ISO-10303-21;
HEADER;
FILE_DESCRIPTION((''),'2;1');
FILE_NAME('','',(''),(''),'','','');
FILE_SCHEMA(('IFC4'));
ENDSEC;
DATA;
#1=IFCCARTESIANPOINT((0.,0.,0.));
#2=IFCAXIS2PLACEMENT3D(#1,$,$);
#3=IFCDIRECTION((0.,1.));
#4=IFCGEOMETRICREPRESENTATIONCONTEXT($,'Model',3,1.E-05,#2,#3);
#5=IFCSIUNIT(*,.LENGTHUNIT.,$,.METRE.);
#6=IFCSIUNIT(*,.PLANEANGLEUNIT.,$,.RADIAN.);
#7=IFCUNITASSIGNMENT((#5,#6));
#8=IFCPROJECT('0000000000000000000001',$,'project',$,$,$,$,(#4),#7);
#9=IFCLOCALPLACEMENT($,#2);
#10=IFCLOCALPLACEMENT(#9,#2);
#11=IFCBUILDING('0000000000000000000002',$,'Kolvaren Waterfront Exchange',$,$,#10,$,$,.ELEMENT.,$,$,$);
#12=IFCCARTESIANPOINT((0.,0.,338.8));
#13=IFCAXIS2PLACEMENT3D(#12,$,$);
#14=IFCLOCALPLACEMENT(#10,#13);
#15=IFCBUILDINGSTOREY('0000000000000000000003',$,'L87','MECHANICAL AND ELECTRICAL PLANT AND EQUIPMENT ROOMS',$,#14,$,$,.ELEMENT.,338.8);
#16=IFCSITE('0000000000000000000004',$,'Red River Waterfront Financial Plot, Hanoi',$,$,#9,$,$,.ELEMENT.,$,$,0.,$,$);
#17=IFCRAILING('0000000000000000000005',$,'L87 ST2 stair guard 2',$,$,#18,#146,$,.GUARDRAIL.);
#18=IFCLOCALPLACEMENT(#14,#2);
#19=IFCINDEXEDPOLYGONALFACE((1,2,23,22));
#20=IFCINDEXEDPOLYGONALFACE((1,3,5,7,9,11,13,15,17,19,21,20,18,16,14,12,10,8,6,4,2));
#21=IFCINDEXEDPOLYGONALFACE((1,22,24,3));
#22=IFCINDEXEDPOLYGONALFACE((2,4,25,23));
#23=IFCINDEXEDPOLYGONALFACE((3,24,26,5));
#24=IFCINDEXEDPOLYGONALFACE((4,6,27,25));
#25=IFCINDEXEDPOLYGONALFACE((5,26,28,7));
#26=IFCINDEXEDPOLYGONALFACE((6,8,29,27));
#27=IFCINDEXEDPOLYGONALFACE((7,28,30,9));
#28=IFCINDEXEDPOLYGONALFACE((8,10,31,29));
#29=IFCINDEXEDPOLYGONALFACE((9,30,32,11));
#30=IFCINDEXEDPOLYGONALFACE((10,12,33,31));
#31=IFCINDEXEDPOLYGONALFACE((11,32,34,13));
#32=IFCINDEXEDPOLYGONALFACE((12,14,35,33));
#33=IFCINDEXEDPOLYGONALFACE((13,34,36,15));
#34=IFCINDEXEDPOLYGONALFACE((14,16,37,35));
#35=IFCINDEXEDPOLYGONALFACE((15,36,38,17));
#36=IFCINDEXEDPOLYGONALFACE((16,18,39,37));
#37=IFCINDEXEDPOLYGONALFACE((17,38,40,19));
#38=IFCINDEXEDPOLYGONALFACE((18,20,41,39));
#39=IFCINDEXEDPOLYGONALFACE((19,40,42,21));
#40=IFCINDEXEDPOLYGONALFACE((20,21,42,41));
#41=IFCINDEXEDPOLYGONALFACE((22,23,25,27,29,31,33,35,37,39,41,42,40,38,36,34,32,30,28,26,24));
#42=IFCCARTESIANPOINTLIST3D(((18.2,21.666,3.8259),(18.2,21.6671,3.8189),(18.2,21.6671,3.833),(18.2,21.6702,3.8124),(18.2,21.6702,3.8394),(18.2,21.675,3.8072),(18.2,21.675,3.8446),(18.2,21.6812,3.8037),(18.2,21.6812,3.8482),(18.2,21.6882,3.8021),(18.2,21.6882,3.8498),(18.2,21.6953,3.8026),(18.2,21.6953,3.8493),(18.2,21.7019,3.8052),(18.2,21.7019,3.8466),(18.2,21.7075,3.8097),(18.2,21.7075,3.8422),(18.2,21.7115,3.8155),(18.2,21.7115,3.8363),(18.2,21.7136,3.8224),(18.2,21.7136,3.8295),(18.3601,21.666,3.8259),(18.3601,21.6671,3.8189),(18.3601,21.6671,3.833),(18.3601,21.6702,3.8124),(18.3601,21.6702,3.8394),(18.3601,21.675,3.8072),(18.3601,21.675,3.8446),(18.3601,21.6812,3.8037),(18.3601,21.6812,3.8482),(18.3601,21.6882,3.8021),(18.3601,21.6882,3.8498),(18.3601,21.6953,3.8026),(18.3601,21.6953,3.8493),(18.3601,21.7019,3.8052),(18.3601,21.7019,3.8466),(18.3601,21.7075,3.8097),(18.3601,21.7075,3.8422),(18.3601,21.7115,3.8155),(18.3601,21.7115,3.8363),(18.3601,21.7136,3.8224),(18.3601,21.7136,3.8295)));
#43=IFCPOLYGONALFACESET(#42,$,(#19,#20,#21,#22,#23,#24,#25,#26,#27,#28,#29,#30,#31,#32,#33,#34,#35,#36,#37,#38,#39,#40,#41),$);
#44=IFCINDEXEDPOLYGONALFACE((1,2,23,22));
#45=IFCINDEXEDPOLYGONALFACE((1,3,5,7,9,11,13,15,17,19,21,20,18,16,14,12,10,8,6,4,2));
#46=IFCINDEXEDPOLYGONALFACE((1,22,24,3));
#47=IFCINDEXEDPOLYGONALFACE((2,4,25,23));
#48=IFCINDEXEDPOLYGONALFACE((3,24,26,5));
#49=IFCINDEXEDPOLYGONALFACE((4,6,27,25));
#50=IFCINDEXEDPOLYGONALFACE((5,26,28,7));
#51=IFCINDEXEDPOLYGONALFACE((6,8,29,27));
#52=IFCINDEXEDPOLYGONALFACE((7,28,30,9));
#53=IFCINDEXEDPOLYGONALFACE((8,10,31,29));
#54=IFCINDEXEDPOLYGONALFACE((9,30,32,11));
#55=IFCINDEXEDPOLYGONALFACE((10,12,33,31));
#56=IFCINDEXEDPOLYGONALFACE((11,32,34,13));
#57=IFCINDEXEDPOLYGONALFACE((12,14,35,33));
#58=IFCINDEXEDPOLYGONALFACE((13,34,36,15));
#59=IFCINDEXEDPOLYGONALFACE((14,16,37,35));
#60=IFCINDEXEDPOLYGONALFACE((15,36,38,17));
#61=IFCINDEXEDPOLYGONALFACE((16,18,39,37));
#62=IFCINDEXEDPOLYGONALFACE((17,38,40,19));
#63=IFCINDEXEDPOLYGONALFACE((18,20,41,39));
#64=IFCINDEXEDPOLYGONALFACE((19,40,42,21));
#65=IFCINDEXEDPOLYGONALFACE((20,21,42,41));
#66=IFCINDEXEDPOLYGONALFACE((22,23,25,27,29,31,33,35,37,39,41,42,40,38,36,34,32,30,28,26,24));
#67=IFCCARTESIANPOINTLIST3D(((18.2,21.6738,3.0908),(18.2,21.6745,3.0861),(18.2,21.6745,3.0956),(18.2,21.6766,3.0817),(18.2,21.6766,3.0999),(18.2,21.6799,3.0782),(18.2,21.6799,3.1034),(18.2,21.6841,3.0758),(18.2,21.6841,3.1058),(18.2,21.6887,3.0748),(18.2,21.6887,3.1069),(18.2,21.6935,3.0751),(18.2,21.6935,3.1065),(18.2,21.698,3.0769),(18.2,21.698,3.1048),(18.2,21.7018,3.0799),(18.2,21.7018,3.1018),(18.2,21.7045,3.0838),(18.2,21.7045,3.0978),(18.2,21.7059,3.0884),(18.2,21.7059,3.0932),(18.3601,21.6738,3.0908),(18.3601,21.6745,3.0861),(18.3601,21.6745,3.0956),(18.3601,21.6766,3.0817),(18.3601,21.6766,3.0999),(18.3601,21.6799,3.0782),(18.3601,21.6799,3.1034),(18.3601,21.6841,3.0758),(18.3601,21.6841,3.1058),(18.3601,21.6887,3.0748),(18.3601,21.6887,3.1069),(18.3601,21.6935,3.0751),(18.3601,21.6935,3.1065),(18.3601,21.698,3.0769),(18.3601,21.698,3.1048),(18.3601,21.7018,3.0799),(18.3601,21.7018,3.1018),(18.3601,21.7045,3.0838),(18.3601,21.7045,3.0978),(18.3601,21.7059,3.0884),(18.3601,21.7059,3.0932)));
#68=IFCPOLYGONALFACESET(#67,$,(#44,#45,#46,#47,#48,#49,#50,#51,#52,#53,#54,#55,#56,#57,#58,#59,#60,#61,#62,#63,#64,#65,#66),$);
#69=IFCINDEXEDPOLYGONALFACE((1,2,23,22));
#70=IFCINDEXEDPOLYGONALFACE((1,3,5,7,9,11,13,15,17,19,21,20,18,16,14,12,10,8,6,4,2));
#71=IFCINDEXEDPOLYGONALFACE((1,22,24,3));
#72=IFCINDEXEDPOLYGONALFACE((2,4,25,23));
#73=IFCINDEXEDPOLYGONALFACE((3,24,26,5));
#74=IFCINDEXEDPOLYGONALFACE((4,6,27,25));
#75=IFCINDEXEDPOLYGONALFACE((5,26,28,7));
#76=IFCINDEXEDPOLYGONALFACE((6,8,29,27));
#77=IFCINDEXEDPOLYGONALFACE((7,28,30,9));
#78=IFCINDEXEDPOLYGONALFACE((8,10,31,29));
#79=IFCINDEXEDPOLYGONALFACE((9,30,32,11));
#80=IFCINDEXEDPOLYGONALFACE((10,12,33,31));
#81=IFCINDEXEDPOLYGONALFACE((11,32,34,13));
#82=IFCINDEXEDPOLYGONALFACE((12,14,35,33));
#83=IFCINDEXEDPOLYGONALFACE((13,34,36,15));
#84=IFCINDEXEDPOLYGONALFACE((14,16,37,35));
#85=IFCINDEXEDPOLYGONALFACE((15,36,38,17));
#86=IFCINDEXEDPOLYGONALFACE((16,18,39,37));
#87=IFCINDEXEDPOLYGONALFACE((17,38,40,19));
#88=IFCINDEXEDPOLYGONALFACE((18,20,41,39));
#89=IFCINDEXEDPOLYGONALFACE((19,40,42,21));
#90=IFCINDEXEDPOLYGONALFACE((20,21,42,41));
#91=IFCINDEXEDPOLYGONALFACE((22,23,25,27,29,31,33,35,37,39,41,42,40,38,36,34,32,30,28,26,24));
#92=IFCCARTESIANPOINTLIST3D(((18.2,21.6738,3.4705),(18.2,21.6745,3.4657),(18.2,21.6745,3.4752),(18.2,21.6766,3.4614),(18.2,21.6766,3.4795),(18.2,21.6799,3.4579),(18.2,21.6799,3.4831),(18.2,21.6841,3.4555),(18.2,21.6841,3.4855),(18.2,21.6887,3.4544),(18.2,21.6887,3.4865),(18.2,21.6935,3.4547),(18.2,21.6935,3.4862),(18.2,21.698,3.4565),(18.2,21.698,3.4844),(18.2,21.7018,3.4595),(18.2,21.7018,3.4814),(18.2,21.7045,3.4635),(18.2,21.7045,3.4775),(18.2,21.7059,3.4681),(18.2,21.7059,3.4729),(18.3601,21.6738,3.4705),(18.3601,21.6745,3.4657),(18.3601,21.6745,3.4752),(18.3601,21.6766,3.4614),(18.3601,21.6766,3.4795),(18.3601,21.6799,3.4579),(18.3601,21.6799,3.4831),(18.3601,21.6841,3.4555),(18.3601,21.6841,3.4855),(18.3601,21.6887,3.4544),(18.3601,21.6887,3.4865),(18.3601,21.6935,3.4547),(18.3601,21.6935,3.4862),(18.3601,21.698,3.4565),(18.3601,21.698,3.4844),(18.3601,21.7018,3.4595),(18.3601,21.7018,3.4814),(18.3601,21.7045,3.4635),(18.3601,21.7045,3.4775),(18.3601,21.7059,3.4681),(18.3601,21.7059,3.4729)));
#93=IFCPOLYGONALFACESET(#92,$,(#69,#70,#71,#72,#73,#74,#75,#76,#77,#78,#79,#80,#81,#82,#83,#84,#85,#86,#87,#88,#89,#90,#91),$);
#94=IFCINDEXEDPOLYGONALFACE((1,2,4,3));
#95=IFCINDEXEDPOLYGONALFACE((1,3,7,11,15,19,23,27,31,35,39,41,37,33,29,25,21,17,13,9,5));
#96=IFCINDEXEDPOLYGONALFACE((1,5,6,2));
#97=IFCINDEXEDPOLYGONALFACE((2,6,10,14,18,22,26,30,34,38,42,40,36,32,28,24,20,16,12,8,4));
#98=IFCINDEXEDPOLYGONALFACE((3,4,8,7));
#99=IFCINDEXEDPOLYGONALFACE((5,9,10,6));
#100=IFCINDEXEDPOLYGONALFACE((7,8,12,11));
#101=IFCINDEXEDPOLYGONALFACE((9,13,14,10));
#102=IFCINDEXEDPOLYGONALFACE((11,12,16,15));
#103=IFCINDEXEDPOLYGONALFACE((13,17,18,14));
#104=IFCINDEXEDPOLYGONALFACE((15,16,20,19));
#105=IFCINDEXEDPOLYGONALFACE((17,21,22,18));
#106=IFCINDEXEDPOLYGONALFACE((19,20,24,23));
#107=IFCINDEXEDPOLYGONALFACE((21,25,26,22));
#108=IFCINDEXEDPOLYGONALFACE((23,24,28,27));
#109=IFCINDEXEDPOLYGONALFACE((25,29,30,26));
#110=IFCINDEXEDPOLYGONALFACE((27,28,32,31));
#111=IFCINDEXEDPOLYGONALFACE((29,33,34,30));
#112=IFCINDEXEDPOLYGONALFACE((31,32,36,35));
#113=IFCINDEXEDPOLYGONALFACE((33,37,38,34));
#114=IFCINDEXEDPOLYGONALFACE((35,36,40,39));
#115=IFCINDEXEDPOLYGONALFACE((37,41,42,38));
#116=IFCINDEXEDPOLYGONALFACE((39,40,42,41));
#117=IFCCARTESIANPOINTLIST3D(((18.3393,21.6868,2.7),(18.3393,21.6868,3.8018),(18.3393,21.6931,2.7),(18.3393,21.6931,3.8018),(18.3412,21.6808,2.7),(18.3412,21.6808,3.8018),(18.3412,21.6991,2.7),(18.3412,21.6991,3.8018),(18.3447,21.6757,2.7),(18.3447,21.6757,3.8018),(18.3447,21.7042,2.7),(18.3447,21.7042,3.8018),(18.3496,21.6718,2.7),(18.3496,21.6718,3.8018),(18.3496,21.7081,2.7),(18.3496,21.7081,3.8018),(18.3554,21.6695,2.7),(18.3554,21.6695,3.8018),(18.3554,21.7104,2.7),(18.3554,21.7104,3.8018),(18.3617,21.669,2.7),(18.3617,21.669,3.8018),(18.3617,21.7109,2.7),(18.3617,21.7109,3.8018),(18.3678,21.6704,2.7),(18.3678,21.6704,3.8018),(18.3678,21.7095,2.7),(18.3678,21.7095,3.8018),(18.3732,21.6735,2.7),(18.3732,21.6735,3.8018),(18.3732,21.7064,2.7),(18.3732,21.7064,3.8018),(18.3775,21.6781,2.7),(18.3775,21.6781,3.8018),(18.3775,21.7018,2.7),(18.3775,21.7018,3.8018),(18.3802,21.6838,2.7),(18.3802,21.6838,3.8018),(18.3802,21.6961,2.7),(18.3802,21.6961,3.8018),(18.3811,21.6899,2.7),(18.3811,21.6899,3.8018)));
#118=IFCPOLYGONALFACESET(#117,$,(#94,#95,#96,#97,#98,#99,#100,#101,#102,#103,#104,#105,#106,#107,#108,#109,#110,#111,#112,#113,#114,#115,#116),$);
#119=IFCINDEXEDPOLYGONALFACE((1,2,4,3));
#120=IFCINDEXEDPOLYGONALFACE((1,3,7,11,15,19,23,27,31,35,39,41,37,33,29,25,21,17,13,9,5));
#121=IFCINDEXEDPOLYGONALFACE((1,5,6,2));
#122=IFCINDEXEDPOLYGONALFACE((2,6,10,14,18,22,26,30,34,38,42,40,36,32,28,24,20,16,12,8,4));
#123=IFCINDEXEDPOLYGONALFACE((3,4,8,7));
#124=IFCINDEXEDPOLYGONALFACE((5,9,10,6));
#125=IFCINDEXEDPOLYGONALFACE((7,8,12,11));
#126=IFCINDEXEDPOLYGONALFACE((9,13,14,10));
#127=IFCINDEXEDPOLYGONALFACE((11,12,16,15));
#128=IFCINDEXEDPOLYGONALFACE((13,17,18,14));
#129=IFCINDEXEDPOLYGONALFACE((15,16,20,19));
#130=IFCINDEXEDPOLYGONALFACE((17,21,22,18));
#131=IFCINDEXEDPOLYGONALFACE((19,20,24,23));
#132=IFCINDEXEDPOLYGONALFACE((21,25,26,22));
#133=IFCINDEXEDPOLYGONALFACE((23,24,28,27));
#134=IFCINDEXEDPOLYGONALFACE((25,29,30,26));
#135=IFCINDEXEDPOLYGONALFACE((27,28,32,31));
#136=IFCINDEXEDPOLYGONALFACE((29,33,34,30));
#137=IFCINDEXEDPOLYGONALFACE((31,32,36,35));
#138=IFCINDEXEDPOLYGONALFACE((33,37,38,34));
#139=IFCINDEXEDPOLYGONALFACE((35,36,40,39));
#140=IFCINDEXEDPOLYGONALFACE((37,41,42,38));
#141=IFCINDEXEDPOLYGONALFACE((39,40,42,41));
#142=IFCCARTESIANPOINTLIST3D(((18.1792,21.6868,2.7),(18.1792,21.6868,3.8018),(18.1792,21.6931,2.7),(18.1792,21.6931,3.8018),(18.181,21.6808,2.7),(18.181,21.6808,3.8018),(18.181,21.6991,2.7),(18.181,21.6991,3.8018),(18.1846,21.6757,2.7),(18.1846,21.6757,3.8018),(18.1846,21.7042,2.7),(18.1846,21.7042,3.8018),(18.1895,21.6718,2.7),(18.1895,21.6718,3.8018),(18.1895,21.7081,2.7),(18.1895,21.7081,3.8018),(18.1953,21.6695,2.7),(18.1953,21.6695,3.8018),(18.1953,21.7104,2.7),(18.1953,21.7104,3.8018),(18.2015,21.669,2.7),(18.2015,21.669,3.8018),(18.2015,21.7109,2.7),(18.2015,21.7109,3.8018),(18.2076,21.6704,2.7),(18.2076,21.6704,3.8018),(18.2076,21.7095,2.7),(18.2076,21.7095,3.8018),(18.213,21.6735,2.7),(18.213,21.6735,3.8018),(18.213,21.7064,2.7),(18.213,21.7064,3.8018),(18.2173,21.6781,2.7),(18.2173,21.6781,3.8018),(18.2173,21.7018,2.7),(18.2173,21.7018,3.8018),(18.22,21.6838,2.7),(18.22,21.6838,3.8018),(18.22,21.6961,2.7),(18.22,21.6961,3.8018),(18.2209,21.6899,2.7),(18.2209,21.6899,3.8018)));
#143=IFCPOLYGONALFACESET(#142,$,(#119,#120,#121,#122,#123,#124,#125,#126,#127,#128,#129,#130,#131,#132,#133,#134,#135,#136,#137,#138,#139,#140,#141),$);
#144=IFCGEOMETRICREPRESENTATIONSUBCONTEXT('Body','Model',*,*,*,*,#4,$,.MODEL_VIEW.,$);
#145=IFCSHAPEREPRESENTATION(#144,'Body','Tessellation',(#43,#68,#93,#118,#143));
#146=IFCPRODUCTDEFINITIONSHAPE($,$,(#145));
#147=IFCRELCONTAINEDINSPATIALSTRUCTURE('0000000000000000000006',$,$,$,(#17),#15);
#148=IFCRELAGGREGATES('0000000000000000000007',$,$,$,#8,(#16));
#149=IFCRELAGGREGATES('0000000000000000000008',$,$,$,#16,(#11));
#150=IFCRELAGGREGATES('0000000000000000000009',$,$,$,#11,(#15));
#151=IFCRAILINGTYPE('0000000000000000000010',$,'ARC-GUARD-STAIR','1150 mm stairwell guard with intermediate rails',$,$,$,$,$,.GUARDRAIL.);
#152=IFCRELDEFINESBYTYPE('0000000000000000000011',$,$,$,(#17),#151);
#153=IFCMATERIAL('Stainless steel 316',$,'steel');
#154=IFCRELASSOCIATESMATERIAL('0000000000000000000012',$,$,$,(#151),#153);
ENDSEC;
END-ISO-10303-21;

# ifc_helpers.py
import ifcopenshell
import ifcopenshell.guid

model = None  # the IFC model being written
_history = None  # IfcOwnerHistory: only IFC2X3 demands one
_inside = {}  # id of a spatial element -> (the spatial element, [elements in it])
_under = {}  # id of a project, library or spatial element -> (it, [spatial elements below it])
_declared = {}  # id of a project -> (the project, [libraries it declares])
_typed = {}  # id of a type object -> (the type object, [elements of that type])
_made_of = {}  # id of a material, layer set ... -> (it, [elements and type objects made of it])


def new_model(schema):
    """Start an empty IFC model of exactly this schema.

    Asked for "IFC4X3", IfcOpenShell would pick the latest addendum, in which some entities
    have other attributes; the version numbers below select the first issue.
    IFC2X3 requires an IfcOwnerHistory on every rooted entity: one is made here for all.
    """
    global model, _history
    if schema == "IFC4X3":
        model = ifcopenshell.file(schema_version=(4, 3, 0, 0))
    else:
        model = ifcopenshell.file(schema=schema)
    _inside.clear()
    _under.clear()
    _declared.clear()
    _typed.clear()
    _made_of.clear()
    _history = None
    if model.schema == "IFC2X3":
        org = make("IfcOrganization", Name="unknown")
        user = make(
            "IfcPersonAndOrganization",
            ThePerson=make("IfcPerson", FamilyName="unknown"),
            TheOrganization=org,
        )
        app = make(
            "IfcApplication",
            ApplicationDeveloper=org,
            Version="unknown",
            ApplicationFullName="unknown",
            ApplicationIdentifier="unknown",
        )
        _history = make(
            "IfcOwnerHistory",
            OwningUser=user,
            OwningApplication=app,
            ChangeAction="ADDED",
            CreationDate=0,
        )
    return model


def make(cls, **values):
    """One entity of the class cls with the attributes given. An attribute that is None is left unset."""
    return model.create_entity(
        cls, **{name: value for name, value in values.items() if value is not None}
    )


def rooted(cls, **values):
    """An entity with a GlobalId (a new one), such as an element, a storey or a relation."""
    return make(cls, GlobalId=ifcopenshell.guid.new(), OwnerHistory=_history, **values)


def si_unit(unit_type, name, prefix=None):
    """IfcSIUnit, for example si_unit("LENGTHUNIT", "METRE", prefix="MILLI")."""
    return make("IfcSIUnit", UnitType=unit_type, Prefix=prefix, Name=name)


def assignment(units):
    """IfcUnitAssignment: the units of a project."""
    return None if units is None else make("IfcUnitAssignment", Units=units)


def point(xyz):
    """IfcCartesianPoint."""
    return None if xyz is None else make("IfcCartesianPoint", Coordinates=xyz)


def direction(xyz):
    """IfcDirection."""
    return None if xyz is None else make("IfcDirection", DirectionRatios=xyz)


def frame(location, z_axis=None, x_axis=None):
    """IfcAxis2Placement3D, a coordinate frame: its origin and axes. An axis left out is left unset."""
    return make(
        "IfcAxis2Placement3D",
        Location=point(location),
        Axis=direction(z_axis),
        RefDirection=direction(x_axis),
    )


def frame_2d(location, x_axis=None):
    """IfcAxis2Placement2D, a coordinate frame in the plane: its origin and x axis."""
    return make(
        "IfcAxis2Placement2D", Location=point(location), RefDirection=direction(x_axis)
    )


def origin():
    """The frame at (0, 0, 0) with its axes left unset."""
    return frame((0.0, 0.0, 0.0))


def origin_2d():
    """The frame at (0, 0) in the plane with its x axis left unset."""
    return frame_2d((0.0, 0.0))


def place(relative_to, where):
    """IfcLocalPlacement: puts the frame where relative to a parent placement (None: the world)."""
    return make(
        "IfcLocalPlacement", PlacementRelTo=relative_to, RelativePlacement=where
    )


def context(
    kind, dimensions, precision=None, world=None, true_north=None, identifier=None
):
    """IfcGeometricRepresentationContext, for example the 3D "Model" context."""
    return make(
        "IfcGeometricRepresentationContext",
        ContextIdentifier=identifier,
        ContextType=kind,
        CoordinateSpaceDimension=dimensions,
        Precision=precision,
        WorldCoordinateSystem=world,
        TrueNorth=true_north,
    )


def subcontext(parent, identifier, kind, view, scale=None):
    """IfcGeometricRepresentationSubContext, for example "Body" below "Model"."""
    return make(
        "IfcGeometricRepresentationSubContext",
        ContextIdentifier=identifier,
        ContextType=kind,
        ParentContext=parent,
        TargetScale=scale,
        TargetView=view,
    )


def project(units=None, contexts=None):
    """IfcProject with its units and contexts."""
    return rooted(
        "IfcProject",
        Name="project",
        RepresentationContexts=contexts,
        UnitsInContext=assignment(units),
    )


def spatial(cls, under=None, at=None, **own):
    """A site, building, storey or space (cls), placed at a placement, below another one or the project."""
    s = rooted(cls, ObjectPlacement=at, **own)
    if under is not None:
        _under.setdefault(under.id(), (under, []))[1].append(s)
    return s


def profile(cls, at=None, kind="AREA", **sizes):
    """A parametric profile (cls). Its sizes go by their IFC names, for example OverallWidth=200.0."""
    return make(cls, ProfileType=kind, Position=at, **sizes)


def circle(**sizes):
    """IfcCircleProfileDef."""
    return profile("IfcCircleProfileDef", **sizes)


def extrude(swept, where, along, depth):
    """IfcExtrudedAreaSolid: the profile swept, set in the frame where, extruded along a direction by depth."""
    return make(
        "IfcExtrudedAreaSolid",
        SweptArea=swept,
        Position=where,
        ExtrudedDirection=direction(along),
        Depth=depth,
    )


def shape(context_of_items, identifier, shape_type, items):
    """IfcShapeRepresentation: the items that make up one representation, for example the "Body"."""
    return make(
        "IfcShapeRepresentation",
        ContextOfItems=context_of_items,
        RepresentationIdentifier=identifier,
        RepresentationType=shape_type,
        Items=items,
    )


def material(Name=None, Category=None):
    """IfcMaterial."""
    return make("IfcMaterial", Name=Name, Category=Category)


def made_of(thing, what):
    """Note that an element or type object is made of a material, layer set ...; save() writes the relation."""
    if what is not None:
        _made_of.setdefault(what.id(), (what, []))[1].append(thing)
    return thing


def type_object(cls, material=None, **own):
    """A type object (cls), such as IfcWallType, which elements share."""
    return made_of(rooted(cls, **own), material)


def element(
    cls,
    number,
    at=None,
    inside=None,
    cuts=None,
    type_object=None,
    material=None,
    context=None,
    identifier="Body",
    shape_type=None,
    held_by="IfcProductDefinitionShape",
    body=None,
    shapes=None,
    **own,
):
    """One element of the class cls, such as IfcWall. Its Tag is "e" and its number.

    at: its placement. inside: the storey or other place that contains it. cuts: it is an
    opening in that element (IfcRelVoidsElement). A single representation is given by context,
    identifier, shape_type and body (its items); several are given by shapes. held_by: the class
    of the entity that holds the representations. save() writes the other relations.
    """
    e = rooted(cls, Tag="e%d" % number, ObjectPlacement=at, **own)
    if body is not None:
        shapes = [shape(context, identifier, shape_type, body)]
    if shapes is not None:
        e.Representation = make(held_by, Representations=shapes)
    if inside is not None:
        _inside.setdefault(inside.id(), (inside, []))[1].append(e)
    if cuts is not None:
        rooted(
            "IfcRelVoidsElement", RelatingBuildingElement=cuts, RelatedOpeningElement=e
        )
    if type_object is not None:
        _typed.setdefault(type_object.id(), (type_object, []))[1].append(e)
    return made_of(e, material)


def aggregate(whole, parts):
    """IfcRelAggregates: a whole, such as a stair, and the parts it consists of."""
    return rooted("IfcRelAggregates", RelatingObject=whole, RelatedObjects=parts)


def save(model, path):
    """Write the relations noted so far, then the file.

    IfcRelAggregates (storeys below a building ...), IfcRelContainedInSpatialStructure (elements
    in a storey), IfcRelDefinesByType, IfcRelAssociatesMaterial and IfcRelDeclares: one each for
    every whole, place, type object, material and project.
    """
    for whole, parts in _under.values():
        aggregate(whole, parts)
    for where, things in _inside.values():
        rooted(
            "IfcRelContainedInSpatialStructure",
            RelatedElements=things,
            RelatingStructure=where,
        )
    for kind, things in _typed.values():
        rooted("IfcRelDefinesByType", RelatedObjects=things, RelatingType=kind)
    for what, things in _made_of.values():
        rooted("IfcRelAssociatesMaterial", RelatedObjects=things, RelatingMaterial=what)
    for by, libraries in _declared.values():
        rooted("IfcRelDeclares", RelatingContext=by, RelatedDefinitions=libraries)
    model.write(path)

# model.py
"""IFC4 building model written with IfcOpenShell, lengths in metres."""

from ifc_helpers import new_model, si_unit, direction, frame, origin, origin_2d, place, context, subcontext, project, spatial, circle, extrude, material, type_object, element, save


model = new_model("IFC4")

# Units and contexts
model_context = context("Model", 3, precision=1e-05, world=origin(), true_north=direction((0.0, 1.0)))
body_context = subcontext(model_context, "Body", "Model", "MODEL_VIEW")
ifc_project = project(units=[si_unit("LENGTHUNIT", "METRE"), si_unit("PLANEANGLEUNIT", "RADIAN")], contexts=[model_context])

# Site, building, storey
site_placement = place(None, origin())
site = spatial("IfcSite", under=ifc_project, at=site_placement, Name="Red River Waterfront Financial Plot, Hanoi", CompositionType="ELEMENT", RefElevation=0.0)
building_placement = place(site_placement, origin())
building = spatial("IfcBuilding", under=site, at=building_placement, Name="Kolvaren Waterfront Exchange", CompositionType="ELEMENT")
storey_placement = place(building_placement, frame((0.0, 0.0, 338.8)))
storey = spatial("IfcBuildingStorey", under=building, at=storey_placement, Name="L87", Description="MECHANICAL AND ELECTRICAL PLANT AND EQUIPMENT ROOMS", CompositionType="ELEMENT", Elevation=338.8)

# Railing
ifc_material_1 = material(Name="Stainless steel 316", Category="steel")
railing_type_1 = type_object("IfcRailingType", Name="ARC-GUARD-STAIR", Description="1150 mm stairwell guard with intermediate rails", PredefinedType="GUARDRAIL", material=ifc_material_1)
railing_1_placement = place(storey_placement, frame((18.3601, 21.6899, 2.7)))
element("IfcRailing", 1, at=railing_1_placement, inside=storey, type_object=railing_type_1, Name="L87 ST2 stair guard 2", PredefinedType="GUARDRAIL", context=body_context, shape_type="SweptSolid", body=[
    extrude(circle(Radius=0.0239, at=origin_2d()), frame((0.0, 0.0, 1.126), z_axis=(-1.0, 0.0, 0.0), x_axis=(0.0, -1.0, 0.0)), (0.0, 0.0, 1.0), 0.1602),
    extrude(circle(Radius=0.0161, at=origin_2d()), frame((0.0, 0.0, 0.3909), z_axis=(-1.0, 0.0, 0.0), x_axis=(0.0, -1.0, 0.0)), (0.0, 0.0, 1.0), 0.1602),
    extrude(circle(Radius=0.0161, at=origin_2d()), frame((0.0, 0.0, 0.7705), z_axis=(-1.0, 0.0, 0.0), x_axis=(0.0, -1.0, 0.0)), (0.0, 0.0, 1.0), 0.1602),
    extrude(circle(Radius=0.021, at=origin_2d()), origin(), (0.0, 0.0, 1.0), 1.1018),
    extrude(circle(Radius=0.021, at=origin_2d()), frame((-0.1602, 0.0, 0.0)), (0.0, 0.0, 1.0), 1.1018),
])

save(model, "model.ifc")
